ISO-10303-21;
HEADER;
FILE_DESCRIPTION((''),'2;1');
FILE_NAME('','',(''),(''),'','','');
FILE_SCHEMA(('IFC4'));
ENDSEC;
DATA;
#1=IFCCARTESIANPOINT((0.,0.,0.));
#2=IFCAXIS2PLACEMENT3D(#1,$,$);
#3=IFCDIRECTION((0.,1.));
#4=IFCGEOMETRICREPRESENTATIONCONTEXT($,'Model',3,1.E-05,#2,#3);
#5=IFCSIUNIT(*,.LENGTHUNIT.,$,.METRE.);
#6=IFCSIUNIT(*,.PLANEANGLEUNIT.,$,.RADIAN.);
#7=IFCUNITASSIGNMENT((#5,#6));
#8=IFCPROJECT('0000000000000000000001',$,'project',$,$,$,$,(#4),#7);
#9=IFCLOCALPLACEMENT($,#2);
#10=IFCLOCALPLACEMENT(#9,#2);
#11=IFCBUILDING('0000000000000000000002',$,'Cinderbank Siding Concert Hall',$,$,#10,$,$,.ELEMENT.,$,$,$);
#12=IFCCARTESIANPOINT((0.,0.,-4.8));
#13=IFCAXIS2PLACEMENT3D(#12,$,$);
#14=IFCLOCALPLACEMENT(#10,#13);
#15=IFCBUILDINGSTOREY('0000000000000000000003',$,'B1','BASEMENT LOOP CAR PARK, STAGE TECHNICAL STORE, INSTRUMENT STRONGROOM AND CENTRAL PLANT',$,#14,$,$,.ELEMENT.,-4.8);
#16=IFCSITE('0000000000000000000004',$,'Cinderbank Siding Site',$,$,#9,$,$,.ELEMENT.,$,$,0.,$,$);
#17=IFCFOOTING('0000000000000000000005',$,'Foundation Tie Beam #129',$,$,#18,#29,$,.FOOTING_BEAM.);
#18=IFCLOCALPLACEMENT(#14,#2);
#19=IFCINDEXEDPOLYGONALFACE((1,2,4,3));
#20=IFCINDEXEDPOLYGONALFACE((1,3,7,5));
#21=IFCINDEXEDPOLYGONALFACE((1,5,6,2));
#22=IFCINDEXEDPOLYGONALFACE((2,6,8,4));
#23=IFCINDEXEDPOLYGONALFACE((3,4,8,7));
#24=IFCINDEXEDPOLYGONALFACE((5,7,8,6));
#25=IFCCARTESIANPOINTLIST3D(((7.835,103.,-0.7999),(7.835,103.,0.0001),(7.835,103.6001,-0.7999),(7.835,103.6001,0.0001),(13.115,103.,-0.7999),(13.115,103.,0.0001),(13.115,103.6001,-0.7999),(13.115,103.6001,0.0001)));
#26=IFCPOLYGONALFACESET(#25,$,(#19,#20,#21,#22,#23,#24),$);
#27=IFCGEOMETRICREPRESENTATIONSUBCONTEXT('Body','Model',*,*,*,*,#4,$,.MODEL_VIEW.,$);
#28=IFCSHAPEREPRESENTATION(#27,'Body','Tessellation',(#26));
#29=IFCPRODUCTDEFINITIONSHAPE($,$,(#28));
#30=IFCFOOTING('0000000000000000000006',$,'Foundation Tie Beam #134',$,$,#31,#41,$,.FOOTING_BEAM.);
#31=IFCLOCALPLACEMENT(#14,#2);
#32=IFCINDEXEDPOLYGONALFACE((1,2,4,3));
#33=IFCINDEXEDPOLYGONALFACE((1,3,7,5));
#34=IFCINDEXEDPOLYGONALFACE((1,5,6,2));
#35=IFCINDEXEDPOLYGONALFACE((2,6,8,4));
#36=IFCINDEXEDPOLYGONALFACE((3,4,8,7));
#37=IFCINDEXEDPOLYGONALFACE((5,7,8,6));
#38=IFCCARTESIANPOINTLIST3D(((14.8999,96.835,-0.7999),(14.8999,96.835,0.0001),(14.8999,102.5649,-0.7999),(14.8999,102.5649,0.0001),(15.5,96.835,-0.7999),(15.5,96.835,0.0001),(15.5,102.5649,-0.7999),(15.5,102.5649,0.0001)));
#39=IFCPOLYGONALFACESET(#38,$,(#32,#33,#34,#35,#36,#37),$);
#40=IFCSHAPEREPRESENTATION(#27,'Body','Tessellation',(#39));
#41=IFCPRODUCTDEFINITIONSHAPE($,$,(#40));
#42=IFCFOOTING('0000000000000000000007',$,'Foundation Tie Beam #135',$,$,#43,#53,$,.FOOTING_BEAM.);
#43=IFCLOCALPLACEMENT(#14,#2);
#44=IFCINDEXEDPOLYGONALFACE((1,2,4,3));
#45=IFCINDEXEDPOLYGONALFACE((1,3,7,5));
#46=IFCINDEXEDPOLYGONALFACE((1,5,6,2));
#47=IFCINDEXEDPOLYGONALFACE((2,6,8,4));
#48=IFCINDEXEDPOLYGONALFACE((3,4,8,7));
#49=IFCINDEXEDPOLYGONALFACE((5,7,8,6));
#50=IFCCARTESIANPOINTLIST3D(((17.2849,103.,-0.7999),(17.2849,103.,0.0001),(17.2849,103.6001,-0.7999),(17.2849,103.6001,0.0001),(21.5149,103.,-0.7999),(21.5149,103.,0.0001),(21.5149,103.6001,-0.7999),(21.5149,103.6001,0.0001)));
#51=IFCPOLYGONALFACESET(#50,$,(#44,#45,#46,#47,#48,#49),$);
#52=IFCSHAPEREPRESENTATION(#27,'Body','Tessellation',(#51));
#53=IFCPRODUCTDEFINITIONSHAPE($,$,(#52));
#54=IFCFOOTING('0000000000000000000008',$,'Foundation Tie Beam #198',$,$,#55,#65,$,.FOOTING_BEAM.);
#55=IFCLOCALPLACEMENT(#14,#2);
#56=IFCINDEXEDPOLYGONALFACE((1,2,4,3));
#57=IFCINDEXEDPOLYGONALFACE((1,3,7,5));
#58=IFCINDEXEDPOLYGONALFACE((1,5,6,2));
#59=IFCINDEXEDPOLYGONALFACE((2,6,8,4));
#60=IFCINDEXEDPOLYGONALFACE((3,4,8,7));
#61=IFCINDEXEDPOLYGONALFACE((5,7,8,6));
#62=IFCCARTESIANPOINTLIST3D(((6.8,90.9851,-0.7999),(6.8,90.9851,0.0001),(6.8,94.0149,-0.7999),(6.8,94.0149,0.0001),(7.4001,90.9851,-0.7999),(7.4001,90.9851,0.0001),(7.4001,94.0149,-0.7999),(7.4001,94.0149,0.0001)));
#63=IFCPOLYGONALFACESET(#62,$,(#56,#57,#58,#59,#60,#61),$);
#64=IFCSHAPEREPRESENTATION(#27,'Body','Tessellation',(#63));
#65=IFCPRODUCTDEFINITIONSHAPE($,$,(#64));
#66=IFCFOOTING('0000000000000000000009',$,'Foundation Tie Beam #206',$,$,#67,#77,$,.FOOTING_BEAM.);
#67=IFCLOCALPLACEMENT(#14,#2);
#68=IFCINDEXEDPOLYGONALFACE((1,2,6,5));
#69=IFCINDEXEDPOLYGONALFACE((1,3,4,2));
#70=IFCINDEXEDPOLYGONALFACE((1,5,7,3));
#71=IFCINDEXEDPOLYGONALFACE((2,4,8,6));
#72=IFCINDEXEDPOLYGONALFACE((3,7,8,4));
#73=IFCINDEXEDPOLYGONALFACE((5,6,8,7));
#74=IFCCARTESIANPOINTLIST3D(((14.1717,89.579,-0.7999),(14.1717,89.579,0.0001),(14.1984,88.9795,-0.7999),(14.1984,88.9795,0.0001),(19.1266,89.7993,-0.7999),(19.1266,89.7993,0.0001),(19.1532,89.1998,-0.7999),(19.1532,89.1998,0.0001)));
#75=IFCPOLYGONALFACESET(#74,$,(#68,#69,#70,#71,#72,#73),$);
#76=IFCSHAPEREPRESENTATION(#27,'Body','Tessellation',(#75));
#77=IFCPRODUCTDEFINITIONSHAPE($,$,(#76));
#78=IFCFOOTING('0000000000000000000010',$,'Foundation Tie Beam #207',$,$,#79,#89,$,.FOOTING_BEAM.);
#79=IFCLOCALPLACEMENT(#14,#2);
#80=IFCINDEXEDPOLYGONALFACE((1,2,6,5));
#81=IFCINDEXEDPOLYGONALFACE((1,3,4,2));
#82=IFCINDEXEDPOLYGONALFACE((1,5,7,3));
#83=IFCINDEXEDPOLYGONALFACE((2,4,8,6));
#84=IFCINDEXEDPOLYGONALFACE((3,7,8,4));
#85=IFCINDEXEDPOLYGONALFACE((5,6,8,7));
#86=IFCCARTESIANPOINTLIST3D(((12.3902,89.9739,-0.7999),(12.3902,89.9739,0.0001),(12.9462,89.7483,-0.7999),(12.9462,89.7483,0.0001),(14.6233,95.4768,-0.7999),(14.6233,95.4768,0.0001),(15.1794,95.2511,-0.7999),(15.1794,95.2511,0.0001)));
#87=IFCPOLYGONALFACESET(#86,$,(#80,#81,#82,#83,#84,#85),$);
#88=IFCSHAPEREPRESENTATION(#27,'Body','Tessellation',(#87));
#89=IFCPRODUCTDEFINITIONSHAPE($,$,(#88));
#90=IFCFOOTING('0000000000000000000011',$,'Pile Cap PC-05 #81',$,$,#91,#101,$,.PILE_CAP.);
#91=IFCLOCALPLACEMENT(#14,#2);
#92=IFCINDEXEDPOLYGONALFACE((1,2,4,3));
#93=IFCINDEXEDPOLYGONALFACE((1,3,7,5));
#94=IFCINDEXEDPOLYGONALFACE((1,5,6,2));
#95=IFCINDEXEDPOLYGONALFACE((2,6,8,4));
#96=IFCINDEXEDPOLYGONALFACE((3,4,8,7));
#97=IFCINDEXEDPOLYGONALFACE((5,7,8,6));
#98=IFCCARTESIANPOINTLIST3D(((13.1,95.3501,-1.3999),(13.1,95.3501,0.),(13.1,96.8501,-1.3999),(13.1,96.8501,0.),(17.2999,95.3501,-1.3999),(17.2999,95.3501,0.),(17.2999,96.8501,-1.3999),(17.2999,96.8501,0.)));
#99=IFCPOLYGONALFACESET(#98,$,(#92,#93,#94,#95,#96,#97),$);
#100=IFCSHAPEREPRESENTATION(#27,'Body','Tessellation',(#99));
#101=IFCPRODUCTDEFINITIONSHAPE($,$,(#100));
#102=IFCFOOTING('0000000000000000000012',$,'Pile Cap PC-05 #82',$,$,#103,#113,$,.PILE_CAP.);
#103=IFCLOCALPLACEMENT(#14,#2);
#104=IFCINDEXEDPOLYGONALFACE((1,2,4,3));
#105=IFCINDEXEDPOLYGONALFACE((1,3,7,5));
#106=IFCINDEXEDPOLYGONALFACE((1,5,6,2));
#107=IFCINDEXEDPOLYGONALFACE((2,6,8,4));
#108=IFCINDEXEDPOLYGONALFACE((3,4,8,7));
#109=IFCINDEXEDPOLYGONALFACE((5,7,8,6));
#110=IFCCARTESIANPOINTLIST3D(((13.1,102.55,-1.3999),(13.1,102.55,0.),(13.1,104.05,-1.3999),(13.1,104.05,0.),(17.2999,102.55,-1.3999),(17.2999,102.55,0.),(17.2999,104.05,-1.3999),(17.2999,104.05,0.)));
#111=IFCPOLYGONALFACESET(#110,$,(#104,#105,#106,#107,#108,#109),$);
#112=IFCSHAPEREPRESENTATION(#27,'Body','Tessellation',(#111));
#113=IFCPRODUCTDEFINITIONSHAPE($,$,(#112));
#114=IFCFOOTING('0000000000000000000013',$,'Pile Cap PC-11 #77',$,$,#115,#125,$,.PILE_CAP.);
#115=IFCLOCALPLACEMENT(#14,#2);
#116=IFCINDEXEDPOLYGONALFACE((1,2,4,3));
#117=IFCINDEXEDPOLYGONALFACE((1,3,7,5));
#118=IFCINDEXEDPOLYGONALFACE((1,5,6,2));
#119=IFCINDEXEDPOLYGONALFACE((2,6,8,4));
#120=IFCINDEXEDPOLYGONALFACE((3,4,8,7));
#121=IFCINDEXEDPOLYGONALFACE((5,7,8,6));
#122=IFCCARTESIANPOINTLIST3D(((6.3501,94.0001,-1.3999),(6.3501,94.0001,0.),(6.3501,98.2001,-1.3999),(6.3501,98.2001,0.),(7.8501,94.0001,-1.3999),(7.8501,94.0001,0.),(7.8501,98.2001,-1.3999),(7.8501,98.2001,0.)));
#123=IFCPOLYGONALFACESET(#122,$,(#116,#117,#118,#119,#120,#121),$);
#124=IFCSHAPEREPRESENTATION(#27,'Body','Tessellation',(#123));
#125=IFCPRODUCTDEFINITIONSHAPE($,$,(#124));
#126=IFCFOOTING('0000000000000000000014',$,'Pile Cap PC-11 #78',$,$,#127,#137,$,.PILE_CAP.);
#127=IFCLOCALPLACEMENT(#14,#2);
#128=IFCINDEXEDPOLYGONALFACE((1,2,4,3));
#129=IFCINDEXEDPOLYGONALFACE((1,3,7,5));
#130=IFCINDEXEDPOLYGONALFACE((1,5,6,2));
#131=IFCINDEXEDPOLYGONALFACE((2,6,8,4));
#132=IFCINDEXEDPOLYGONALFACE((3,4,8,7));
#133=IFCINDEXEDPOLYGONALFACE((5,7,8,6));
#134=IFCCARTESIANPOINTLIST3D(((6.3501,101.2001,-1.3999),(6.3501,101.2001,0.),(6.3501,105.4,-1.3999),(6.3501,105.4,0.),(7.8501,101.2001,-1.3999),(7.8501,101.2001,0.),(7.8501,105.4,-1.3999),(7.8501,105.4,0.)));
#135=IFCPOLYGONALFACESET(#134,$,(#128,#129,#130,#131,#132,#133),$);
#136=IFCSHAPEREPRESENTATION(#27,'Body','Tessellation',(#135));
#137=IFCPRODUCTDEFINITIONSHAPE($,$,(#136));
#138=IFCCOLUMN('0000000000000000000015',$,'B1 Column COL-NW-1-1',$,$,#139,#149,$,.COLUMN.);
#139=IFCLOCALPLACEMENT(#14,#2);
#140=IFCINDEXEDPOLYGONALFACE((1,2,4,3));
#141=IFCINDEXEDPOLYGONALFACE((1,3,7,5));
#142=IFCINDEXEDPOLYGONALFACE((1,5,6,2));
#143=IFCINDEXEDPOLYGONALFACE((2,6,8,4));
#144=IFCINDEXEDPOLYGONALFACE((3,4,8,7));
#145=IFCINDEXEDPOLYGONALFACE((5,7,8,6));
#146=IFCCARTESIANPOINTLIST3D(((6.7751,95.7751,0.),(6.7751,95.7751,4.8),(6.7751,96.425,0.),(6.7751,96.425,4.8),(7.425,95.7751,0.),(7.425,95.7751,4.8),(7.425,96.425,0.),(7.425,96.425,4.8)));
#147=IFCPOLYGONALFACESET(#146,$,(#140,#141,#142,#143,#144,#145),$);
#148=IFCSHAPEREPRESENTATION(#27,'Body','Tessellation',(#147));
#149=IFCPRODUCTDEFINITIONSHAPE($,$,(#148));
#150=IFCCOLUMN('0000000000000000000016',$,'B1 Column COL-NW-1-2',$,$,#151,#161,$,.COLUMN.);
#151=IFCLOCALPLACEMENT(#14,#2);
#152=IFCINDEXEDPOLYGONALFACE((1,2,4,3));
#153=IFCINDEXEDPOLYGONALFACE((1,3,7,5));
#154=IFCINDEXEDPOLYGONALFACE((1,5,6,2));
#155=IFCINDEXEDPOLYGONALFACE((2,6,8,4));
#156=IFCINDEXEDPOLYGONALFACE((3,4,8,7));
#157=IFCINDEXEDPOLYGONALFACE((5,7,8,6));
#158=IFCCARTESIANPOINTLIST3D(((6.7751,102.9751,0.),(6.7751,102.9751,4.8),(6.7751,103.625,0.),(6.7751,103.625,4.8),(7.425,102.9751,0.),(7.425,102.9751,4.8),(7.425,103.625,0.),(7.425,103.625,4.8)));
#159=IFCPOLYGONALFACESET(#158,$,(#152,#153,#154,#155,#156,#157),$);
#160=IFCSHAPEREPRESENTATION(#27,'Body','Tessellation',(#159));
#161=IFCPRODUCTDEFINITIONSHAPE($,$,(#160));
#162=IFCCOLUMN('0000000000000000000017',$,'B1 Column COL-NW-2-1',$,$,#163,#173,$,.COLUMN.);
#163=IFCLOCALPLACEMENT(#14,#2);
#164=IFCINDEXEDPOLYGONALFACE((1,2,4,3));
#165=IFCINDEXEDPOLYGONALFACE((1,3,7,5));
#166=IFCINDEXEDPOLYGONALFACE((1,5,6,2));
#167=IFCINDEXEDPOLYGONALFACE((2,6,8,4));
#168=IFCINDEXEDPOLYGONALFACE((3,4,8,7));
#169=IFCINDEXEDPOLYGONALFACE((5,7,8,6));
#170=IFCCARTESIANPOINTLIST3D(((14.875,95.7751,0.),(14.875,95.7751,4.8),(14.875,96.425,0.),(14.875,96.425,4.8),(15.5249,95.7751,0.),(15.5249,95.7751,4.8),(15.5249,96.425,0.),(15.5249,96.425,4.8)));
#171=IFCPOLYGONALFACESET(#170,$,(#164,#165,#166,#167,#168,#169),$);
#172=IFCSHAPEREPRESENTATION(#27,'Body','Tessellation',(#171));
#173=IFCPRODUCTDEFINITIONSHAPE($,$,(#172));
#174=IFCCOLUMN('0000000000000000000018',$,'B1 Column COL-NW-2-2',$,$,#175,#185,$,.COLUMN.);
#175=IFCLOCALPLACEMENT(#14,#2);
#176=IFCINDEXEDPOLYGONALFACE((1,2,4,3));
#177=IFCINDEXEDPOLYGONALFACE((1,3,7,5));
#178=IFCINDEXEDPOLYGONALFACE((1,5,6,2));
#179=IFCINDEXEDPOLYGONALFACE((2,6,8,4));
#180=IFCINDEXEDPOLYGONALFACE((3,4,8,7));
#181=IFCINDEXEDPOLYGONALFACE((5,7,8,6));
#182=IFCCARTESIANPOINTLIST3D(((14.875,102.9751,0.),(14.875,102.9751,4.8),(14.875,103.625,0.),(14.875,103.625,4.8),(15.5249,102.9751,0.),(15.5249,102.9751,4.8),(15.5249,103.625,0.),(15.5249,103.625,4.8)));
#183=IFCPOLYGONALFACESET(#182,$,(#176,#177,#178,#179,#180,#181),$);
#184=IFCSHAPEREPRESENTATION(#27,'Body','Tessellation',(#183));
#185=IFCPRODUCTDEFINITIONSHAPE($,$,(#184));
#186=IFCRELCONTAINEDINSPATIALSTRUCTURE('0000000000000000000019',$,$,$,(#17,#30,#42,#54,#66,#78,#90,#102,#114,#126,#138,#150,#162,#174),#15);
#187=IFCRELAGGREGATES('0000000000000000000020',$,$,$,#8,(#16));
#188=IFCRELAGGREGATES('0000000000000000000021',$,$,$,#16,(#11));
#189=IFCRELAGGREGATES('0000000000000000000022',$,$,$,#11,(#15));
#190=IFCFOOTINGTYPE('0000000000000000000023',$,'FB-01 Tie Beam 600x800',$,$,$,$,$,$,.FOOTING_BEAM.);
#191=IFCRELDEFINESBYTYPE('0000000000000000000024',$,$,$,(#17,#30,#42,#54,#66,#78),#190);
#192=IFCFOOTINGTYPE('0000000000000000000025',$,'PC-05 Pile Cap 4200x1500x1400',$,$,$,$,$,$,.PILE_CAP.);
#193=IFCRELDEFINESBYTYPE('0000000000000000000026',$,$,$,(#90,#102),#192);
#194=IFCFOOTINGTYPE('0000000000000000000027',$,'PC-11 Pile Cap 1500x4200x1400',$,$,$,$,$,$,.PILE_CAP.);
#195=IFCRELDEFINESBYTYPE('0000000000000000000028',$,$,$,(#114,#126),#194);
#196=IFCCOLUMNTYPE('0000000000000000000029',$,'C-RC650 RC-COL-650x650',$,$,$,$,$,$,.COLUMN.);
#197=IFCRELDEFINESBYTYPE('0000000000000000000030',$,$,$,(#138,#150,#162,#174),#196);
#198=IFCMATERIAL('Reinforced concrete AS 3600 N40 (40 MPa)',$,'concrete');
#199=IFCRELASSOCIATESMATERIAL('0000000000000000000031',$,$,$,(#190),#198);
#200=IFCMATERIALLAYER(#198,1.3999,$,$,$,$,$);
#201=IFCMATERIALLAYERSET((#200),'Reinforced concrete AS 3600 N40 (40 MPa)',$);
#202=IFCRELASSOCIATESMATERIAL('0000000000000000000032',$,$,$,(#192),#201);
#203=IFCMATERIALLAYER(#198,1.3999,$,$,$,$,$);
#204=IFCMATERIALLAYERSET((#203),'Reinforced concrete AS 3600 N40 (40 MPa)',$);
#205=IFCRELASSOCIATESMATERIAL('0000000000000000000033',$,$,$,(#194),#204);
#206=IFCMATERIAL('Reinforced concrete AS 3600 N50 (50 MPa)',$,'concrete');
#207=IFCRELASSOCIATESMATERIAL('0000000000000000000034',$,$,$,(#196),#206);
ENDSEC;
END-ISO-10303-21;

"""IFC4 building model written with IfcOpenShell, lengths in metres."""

from ifc_helpers import new_model, si_unit, direction, frame, origin, origin_2d, place, context, subcontext, project, spatial, rectangle, extrude, material, layer, layer_set, material_profile, profile_set, type_object, element, save


model = new_model("IFC4")

# Units and contexts
model_context = context("Model", 3, precision=1e-05, world=origin(), true_north=direction((0.0, 1.0)))
body_context = subcontext(model_context, "Body", "Model", "MODEL_VIEW")
ifc_project = project(units=[si_unit("LENGTHUNIT", "METRE"), si_unit("PLANEANGLEUNIT", "RADIAN")], contexts=[model_context])

# Site, building, storey
site_placement = place(None, origin())
site = spatial("IfcSite", under=ifc_project, at=site_placement, Name="Cinderbank Siding Site", CompositionType="ELEMENT", RefElevation=0.0)
building_placement = place(site_placement, origin())
building = spatial("IfcBuilding", under=site, at=building_placement, Name="Cinderbank Siding Concert Hall", CompositionType="ELEMENT")
storey_placement = place(building_placement, frame((0.0, 0.0, -4.8)))
storey = spatial("IfcBuildingStorey", under=building, at=storey_placement, Name="B1", Description="BASEMENT LOOP CAR PARK, STAGE TECHNICAL STORE, INSTRUMENT STRONGROOM AND CENTRAL PLANT", CompositionType="ELEMENT", Elevation=-4.8)

# Shared definitions
ifc_material_1 = material(Name="Reinforced concrete AS 3600 N40 (40 MPa)", Category="concrete")

# Footings
ifc_material_profile_1 = material_profile(ifc_material_1, rectangle(XDim=0.6001, YDim=0.8, at=origin_2d()), Name="RC-FB-600x800", Category="LoadBearing")
ifc_profile_set_1 = profile_set([ifc_material_profile_1], Name="Reinforced concrete AS 3600 N40 (40 MPa)")
footing_type_1 = type_object("IfcFootingType", Name="FB-01 Tie Beam 600x800", PredefinedType="FOOTING_BEAM", material=ifc_profile_set_1)
footing_1_placement = place(storey_placement, frame((7.835, 103.3, -0.3999), z_axis=(1.0, 0.0, 0.0), x_axis=(0.0, 1.0, 0.0)))
element("IfcFooting", 1, at=footing_1_placement, inside=storey, type_object=footing_type_1, Name="Foundation Tie Beam #129", PredefinedType="FOOTING_BEAM", context=body_context, shape_type="SweptSolid", body=[
    extrude(rectangle(XDim=0.6001, YDim=0.8, at=origin_2d()), origin(), (0.0, 0.0, 1.0), 5.28),
])
footing_2_placement = place(storey_placement, frame((15.2, 96.835, -0.3999), z_axis=(0.0, 1.0, 0.0), x_axis=(-1.0, 0.0, 0.0)))
element("IfcFooting", 2, at=footing_2_placement, inside=storey, type_object=footing_type_1, Name="Foundation Tie Beam #134", PredefinedType="FOOTING_BEAM", context=body_context, shape_type="SweptSolid", body=[
    extrude(rectangle(XDim=0.6001, YDim=0.8, at=origin_2d()), origin(), (0.0, 0.0, 1.0), 5.73),
])
footing_3_placement = place(storey_placement, frame((17.2849, 103.3, -0.3999), z_axis=(1.0, 0.0, 0.0), x_axis=(0.0, 1.0, 0.0)))
element("IfcFooting", 3, at=footing_3_placement, inside=storey, type_object=footing_type_1, Name="Foundation Tie Beam #135", PredefinedType="FOOTING_BEAM", context=body_context, shape_type="SweptSolid", body=[
    extrude(rectangle(XDim=0.6001, YDim=0.8, at=origin_2d()), origin(), (0.0, 0.0, 1.0), 4.23),
])
footing_4_placement = place(storey_placement, frame((7.1001, 90.9851, -0.3999), z_axis=(0.0, 1.0, 0.0), x_axis=(-1.0, 0.0, 0.0)))
element("IfcFooting", 4, at=footing_4_placement, inside=storey, type_object=footing_type_1, Name="Foundation Tie Beam #198", PredefinedType="FOOTING_BEAM", context=body_context, shape_type="SweptSolid", body=[
    extrude(rectangle(XDim=0.6001, YDim=0.8, at=origin_2d()), origin(), (0.0, 0.0, 1.0), 3.0298),
])
footing_5_placement = place(storey_placement, frame((14.1851, 89.2793, -0.3999), z_axis=(0.999014, 0.044401, 0.0), x_axis=(-0.044401, 0.999014, 0.0)))
element("IfcFooting", 5, at=footing_5_placement, inside=storey, type_object=footing_type_1, Name="Foundation Tie Beam #206", PredefinedType="FOOTING_BEAM", context=body_context, shape_type="SweptSolid", body=[
    extrude(rectangle(XDim=0.6001, YDim=0.8, at=origin_2d()), origin(), (0.0, 0.0, 1.0), 4.9597),
])
footing_6_placement = place(storey_placement, frame((12.6682, 89.8611, -0.3999), z_axis=(0.376029, 0.926608, 0.0), x_axis=(-0.926608, 0.376029, 0.0)))
element("IfcFooting", 6, at=footing_6_placement, inside=storey, type_object=footing_type_1, Name="Foundation Tie Beam #207", PredefinedType="FOOTING_BEAM", context=body_context, shape_type="SweptSolid", body=[
    extrude(rectangle(XDim=0.6001, YDim=0.8, at=origin_2d()), origin(), (0.0, 0.0, 1.0), 5.9387),
])
ifc_layer_1 = layer(ifc_material_1, 1.3999)
ifc_layer_set_1 = layer_set([ifc_layer_1], Name="Reinforced concrete AS 3600 N40 (40 MPa)")
footing_type_2 = type_object("IfcFootingType", Name="PC-05 Pile Cap 4200x1500x1400", PredefinedType="PILE_CAP", material=ifc_layer_set_1)
for number, where, z_axis, x_axis, name in (
    (7, (15.2, 96.1001, -1.3999), (0.0, 0.0, 1.0), (1.0, 0.0, 0.0), "Pile Cap PC-05 #81"),
    (8, (15.2, 103.3, -1.3999), (0.0, 0.0, 1.0), (1.0, 0.0, 0.0), "Pile Cap PC-05 #82"),
):
    element("IfcFooting", number, at=place(storey_placement, frame(where, z_axis=z_axis, x_axis=x_axis)), inside=storey, type_object=footing_type_2, Name=name, PredefinedType="PILE_CAP", context=body_context, shape_type="SweptSolid", body=[
        extrude(rectangle(XDim=4.2, YDim=1.5, at=origin_2d()), origin(), (0.0, 0.0, 1.0), 1.3999),
    ])
ifc_layer_2 = layer(ifc_material_1, 1.3999)
ifc_layer_set_2 = layer_set([ifc_layer_2], Name="Reinforced concrete AS 3600 N40 (40 MPa)")
footing_type_3 = type_object("IfcFootingType", Name="PC-11 Pile Cap 1500x4200x1400", PredefinedType="PILE_CAP", material=ifc_layer_set_2)
for number, where, z_axis, x_axis, name in (
    (9, (7.1001, 96.1001, -1.3999), (0.0, 0.0, 1.0), (1.0, 0.0, 0.0), "Pile Cap PC-11 #77"),
    (10, (7.1001, 103.3, -1.3999), (0.0, 0.0, 1.0), (1.0, 0.0, 0.0), "Pile Cap PC-11 #78"),
):
    element("IfcFooting", number, at=place(storey_placement, frame(where, z_axis=z_axis, x_axis=x_axis)), inside=storey, type_object=footing_type_3, Name=name, PredefinedType="PILE_CAP", context=body_context, shape_type="SweptSolid", body=[
        extrude(rectangle(XDim=1.5, YDim=4.2, at=origin_2d()), origin(), (0.0, 0.0, 1.0), 1.3999),
    ])

# Columns
ifc_material_2 = material(Name="Reinforced concrete AS 3600 N50 (50 MPa)", Category="concrete")
ifc_material_profile_2 = material_profile(ifc_material_2, rectangle(XDim=0.6499, YDim=0.6499, at=origin_2d()), Name="RC-COL-650x650", Category="LoadBearing")
ifc_profile_set_2 = profile_set([ifc_material_profile_2], Name="Reinforced concrete AS 3600 N50 (50 MPa)")
column_type = type_object("IfcColumnType", Name="C-RC650 RC-COL-650x650", PredefinedType="COLUMN", material=ifc_profile_set_2)
for number, where, z_axis, x_axis, name in (
    (11, (7.1001, 96.1001, 0.0), (0.0, 0.0, 1.0), (1.0, 0.0, 0.0), "B1 Column COL-NW-1-1"),
    (12, (7.1001, 103.3, 0.0), (0.0, 0.0, 1.0), (1.0, 0.0, 0.0), "B1 Column COL-NW-1-2"),
    (13, (15.2, 96.1001, 0.0), (0.0, 0.0, 1.0), (1.0, 0.0, 0.0), "B1 Column COL-NW-2-1"),
    (14, (15.2, 103.3, 0.0), (0.0, 0.0, 1.0), (1.0, 0.0, 0.0), "B1 Column COL-NW-2-2"),
):
    element("IfcColumn", number, at=place(storey_placement, frame(where, z_axis=z_axis, x_axis=x_axis)), inside=storey, type_object=column_type, Name=name, PredefinedType="COLUMN", context=body_context, shape_type="SweptSolid", body=[
        extrude(rectangle(XDim=0.6499, YDim=0.6499, at=origin_2d()), origin(), (0.0, 0.0, 1.0), 4.8),
    ])

save(model, "model.ifc")
